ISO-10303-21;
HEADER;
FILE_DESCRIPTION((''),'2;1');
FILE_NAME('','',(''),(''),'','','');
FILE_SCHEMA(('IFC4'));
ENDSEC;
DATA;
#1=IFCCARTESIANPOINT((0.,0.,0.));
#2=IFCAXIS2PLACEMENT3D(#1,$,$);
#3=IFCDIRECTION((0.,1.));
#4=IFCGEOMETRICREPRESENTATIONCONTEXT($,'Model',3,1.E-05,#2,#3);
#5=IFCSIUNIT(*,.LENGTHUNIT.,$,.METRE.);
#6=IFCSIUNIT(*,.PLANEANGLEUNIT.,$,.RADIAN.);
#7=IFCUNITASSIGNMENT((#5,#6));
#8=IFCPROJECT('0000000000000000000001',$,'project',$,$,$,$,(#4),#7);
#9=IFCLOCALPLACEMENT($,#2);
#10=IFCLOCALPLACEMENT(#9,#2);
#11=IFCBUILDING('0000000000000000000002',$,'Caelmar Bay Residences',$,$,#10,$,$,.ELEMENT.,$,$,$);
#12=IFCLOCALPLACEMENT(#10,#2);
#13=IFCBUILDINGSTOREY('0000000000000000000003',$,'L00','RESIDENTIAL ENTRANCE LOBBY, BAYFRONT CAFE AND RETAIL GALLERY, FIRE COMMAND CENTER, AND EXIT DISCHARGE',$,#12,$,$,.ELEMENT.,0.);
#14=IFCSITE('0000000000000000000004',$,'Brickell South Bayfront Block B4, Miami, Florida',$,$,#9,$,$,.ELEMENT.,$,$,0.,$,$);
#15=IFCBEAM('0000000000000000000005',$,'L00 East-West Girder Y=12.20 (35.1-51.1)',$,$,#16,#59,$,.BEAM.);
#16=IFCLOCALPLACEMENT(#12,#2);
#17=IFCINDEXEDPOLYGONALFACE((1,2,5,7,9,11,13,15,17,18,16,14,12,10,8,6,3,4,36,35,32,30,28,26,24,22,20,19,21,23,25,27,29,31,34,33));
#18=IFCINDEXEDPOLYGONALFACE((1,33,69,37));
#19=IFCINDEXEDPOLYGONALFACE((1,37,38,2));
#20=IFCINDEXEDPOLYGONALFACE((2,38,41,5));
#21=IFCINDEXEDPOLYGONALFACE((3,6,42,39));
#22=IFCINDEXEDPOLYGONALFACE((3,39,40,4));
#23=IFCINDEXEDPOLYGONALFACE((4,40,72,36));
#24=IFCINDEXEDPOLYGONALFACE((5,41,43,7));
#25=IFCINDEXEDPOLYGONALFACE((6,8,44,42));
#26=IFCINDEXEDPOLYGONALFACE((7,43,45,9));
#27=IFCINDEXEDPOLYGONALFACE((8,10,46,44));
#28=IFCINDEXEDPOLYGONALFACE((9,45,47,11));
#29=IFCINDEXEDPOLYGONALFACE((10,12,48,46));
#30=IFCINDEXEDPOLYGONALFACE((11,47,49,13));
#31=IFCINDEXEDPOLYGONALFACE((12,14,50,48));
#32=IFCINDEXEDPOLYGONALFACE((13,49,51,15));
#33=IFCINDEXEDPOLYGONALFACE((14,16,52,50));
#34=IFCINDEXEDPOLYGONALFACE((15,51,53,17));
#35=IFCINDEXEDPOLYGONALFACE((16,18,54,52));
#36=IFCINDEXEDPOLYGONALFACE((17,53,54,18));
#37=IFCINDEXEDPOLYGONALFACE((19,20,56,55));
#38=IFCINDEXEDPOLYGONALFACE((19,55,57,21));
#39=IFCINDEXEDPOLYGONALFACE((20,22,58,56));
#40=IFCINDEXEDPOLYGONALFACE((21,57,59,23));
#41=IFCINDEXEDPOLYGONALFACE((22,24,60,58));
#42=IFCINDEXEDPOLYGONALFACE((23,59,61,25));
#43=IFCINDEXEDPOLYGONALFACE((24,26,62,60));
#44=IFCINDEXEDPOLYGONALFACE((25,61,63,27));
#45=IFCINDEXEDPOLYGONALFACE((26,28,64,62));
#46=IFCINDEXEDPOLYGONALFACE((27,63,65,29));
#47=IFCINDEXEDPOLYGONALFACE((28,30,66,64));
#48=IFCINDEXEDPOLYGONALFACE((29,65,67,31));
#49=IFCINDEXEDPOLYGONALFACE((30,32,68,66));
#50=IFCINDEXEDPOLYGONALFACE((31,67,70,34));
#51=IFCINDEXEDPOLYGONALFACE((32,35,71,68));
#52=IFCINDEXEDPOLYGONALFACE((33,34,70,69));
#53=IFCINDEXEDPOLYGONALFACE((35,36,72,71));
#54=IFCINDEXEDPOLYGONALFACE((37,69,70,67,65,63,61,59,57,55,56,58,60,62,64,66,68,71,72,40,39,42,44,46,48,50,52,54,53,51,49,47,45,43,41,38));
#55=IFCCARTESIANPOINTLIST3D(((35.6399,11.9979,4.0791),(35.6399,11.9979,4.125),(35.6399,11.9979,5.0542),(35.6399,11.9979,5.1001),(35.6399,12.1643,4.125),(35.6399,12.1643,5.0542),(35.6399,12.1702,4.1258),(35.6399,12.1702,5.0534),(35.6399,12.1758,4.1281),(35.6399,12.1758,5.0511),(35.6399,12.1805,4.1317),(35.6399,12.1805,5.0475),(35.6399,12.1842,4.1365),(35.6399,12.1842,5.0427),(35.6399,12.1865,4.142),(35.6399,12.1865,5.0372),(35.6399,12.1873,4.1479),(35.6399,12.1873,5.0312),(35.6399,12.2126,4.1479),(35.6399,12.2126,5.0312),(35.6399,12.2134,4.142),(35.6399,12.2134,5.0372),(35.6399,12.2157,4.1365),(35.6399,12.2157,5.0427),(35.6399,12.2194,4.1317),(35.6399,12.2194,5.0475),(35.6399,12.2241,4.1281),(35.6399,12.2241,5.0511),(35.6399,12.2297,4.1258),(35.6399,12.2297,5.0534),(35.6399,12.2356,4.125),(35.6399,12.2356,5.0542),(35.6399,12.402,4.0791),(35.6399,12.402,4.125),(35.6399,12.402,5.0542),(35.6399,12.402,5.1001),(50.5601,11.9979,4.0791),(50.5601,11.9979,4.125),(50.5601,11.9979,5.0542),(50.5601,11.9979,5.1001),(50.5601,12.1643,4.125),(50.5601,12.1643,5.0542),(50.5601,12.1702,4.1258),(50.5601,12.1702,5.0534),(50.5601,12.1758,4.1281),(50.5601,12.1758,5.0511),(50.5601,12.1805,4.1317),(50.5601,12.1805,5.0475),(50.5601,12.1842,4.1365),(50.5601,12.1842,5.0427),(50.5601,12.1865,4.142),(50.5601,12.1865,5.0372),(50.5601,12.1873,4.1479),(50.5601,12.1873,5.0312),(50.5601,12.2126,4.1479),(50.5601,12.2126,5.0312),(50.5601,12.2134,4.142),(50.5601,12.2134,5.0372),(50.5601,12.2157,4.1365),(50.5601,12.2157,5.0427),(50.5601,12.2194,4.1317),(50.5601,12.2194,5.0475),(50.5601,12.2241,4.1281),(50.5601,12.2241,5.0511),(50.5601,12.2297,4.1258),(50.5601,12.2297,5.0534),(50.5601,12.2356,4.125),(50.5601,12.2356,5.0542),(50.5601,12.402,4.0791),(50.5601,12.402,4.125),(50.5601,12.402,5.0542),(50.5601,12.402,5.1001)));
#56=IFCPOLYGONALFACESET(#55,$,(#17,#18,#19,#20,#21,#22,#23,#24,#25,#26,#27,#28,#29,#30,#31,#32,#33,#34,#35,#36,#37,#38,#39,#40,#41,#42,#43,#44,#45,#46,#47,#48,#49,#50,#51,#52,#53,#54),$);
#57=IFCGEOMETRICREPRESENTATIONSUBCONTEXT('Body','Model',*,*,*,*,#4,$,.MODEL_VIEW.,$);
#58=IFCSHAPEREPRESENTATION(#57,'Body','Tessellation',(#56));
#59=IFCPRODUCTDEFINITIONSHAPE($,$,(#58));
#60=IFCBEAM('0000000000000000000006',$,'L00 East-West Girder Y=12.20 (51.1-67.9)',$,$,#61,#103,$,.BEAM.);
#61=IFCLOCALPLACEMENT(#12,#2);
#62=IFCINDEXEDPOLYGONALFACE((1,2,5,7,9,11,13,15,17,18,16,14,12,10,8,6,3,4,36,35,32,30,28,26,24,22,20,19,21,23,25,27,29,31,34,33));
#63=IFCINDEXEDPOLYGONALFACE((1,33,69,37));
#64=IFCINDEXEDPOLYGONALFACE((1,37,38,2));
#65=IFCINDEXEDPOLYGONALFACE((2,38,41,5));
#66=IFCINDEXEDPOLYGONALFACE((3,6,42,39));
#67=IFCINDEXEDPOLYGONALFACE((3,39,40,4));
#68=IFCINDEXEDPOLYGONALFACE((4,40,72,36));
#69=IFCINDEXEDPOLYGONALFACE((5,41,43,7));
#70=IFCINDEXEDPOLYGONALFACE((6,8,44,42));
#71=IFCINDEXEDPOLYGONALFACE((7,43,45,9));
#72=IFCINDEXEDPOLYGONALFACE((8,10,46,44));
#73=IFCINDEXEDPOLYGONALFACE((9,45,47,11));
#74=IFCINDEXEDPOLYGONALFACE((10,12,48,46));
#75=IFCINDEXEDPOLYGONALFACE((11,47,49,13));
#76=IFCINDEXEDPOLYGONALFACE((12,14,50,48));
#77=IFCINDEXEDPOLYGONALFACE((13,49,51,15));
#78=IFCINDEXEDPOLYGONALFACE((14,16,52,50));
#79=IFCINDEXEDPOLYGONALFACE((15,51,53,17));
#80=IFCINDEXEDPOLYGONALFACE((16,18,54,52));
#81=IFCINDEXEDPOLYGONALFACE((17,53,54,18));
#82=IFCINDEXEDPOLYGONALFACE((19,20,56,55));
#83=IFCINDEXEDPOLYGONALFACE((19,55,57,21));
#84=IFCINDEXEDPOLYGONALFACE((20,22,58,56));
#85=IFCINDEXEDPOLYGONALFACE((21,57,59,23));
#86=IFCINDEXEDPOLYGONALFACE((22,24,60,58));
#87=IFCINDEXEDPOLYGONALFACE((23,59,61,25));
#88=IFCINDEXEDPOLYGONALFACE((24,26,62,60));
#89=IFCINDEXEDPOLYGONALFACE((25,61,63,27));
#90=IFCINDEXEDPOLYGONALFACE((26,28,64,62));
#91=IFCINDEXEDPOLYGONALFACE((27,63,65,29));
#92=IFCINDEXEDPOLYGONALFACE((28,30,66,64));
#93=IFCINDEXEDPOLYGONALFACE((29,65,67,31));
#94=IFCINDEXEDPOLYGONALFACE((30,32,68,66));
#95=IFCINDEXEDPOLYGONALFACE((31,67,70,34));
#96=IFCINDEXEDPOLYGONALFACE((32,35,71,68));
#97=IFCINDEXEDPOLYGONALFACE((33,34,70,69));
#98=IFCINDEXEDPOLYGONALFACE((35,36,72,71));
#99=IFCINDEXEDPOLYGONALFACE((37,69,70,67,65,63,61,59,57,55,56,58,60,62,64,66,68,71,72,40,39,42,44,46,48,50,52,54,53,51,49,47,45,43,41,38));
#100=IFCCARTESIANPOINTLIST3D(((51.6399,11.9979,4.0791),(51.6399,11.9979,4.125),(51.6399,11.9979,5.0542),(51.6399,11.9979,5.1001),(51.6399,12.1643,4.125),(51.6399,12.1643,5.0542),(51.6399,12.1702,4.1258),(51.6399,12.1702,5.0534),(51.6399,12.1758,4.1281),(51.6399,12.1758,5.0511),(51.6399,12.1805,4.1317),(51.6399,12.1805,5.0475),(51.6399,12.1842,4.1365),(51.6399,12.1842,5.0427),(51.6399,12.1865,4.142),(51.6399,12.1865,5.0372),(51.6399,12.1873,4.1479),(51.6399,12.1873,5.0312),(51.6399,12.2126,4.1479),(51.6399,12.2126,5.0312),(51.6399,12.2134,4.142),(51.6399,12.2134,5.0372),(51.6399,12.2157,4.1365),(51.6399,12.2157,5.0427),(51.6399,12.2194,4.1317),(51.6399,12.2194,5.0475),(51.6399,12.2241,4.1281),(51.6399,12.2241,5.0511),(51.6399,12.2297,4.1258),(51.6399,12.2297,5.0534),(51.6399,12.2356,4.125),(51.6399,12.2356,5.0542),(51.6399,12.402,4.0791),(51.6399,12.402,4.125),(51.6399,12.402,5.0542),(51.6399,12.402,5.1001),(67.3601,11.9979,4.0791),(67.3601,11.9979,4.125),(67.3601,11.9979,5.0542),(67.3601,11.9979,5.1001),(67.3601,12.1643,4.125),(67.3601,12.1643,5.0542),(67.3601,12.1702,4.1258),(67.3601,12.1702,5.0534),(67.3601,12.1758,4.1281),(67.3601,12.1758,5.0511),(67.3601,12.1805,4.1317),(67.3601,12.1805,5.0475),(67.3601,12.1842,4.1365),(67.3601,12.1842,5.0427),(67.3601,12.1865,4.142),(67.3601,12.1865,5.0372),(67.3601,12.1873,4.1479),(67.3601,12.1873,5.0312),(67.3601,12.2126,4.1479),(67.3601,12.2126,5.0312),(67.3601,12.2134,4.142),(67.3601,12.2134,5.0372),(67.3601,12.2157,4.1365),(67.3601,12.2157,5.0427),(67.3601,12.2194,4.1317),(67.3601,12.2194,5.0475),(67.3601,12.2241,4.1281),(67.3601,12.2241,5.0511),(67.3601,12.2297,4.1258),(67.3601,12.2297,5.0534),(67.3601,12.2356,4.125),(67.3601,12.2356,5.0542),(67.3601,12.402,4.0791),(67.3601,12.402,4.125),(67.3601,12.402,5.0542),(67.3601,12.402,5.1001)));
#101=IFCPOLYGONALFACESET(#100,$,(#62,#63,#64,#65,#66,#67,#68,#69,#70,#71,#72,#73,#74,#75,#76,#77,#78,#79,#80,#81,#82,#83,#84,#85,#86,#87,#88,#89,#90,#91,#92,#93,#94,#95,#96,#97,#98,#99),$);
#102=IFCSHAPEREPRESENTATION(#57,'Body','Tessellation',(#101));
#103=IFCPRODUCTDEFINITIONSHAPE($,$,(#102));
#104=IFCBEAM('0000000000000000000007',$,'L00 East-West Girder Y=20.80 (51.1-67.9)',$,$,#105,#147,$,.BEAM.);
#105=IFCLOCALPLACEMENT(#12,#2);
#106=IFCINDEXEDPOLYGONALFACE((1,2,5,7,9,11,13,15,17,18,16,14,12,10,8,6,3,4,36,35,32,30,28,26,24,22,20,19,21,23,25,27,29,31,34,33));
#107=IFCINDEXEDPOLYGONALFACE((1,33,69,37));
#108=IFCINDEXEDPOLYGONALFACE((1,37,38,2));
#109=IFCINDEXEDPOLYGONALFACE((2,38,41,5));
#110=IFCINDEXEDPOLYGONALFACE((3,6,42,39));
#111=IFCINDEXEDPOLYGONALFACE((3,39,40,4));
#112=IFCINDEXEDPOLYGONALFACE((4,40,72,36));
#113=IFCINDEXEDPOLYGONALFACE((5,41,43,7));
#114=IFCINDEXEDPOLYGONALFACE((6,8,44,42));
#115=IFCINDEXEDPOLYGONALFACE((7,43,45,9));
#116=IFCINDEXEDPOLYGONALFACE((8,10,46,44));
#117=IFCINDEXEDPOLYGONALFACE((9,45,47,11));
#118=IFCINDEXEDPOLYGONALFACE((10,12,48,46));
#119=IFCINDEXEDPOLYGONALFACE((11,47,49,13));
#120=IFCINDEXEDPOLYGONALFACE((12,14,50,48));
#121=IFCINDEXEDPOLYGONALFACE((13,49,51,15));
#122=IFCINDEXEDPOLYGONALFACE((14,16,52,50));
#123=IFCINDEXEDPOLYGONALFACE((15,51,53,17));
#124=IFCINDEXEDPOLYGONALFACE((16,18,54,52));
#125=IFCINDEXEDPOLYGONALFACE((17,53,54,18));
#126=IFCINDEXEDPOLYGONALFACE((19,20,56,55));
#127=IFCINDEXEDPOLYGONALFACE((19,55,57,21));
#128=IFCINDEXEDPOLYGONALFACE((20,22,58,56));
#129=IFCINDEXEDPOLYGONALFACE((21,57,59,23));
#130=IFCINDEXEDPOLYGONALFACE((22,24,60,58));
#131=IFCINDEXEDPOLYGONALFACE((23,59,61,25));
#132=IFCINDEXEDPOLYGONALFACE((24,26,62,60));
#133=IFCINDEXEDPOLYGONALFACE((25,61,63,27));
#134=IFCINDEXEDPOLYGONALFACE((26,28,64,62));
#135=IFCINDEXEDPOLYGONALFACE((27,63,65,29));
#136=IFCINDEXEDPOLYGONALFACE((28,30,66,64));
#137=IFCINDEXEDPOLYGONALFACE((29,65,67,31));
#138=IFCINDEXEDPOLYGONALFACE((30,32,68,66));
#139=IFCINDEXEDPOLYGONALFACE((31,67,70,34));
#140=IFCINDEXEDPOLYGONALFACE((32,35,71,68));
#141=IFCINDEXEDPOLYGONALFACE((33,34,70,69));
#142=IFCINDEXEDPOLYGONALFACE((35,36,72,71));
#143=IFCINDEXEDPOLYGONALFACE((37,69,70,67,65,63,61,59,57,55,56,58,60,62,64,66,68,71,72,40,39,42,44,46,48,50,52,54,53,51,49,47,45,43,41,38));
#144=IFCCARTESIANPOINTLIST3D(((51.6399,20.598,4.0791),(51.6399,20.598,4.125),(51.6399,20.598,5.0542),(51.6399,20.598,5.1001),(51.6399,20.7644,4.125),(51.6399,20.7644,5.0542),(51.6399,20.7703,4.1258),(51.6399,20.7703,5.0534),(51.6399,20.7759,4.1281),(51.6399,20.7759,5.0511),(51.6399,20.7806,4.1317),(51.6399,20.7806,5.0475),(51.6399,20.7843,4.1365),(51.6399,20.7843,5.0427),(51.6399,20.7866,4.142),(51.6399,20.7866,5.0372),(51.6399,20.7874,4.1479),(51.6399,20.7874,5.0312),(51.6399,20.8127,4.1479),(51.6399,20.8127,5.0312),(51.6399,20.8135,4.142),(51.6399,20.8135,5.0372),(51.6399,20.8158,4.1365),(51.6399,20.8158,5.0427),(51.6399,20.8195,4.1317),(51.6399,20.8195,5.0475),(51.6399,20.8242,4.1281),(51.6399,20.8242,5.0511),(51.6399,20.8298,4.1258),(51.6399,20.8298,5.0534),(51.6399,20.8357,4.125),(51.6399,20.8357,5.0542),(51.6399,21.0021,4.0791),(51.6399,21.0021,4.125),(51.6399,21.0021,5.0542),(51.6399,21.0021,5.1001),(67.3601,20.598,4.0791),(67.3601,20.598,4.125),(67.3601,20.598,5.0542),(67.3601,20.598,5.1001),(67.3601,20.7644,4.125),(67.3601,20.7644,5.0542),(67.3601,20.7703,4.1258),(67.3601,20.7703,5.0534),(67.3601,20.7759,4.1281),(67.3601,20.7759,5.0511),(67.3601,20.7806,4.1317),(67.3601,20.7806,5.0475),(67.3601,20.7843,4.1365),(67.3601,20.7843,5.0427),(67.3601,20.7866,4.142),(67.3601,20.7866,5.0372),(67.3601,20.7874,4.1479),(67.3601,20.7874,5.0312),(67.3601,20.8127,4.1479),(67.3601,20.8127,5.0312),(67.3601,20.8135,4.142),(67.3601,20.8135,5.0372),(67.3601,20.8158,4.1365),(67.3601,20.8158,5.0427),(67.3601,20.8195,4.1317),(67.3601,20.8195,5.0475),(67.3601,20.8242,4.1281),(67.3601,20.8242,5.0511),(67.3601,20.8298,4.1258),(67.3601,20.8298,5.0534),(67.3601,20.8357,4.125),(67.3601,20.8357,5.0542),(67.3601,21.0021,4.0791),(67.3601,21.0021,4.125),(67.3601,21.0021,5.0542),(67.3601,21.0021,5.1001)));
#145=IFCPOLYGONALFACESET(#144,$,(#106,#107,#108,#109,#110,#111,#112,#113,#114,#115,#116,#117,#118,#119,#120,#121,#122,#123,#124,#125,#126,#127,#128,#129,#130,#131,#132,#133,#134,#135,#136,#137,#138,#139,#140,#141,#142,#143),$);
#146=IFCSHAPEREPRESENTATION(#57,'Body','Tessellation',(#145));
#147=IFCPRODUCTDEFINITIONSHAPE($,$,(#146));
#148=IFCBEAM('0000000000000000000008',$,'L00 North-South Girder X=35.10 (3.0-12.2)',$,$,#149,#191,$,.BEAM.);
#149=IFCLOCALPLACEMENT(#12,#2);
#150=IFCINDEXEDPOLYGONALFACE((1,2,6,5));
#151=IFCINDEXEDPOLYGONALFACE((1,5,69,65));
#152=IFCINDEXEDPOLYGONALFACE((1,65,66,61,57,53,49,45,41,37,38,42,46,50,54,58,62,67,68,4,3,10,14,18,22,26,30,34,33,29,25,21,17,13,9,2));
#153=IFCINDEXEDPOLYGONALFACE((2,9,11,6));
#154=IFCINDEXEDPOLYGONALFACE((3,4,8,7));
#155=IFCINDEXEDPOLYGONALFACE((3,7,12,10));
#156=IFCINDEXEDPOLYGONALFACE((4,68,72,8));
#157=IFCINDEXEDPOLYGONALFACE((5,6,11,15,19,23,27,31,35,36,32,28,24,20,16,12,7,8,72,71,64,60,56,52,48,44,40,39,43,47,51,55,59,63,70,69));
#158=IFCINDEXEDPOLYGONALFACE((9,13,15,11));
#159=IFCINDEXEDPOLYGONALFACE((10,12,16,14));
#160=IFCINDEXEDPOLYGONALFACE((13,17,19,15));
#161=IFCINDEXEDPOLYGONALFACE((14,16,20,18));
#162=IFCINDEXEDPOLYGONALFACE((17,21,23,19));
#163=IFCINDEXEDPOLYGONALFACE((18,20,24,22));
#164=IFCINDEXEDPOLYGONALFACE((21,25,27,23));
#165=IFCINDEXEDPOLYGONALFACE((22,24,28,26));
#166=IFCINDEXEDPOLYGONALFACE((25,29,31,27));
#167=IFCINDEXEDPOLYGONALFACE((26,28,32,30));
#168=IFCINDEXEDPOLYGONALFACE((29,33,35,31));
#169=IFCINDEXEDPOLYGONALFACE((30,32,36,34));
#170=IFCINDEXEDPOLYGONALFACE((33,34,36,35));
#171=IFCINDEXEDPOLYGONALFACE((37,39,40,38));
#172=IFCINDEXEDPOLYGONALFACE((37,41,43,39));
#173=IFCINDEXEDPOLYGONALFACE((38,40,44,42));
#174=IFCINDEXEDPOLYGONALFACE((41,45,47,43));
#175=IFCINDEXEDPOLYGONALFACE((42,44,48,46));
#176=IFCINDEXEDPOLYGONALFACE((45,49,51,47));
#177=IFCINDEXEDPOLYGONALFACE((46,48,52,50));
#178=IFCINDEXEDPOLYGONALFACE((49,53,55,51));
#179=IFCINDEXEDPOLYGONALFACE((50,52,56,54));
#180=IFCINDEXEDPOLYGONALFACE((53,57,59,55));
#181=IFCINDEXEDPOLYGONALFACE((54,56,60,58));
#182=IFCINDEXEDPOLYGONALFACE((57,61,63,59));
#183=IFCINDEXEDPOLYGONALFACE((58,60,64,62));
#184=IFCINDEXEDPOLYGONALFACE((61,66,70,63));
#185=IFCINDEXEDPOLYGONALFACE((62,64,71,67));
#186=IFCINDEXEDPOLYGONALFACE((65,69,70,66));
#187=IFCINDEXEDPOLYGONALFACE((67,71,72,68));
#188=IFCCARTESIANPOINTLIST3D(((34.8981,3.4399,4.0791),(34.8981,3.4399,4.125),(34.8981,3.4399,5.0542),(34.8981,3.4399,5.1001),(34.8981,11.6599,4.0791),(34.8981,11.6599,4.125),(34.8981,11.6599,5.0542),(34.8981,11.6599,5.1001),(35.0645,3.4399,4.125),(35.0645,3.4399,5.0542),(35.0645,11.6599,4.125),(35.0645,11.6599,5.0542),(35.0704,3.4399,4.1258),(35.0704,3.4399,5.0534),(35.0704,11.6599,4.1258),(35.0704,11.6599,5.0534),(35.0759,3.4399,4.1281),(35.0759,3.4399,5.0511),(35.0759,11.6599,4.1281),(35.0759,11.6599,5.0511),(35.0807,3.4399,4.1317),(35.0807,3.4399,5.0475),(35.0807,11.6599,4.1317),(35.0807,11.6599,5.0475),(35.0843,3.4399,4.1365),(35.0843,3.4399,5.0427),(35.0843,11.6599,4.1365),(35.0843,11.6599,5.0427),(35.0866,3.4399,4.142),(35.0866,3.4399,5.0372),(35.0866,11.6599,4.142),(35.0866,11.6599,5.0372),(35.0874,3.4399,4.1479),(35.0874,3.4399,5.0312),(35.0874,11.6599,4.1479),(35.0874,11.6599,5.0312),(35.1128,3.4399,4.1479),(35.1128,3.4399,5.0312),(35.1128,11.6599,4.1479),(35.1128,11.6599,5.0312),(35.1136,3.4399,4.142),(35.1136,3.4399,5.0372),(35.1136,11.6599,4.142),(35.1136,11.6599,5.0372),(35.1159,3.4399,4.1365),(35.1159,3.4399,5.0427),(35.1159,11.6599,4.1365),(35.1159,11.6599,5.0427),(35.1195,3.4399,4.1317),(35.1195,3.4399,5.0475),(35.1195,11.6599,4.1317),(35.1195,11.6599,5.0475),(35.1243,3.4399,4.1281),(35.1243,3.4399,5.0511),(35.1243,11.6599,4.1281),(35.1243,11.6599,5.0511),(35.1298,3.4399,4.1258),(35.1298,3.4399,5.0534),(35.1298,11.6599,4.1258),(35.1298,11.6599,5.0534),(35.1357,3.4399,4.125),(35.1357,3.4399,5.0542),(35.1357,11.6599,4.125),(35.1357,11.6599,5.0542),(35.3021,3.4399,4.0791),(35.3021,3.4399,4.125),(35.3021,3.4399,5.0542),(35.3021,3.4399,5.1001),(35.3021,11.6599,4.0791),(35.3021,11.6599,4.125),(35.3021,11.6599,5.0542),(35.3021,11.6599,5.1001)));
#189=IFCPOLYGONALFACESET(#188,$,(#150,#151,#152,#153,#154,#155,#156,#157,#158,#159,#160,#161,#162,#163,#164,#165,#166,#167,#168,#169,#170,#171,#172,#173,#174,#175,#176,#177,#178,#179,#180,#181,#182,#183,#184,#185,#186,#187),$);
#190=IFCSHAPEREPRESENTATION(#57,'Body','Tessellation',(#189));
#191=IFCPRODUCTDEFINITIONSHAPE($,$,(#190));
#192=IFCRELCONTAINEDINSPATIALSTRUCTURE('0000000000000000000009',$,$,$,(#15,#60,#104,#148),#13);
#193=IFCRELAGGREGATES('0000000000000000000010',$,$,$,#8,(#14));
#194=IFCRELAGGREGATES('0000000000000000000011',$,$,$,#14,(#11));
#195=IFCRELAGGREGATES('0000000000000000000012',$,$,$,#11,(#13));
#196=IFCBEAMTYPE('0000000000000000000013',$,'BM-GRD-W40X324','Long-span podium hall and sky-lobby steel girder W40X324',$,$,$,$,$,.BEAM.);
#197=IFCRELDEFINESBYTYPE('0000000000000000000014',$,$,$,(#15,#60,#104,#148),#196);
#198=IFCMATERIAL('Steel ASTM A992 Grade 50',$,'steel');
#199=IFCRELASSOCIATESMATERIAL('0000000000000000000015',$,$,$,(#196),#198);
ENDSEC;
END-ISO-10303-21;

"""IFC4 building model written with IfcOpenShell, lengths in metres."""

from ifc_helpers import new_model, si_unit, direction, frame, origin, origin_2d, place, context, subcontext, project, spatial, i_section, extrude, material, material_profile, profile_set, type_object, element, save


model = new_model("IFC4")

# Units and contexts
model_context = context("Model", 3, precision=1e-05, world=origin(), true_north=direction((0.0, 1.0)))
body_context = subcontext(model_context, "Body", "Model", "MODEL_VIEW")
ifc_project = project(units=[si_unit("LENGTHUNIT", "METRE"), si_unit("PLANEANGLEUNIT", "RADIAN")], contexts=[model_context])

# Site, building, storey
site_placement = place(None, origin())
site = spatial("IfcSite", under=ifc_project, at=site_placement, Name="Brickell South Bayfront Block B4, Miami, Florida", CompositionType="ELEMENT", RefElevation=0.0)
building_placement = place(site_placement, origin())
building = spatial("IfcBuilding", under=site, at=building_placement, Name="Caelmar Bay Residences", CompositionType="ELEMENT")
storey_placement = place(building_placement, origin())
storey = spatial("IfcBuildingStorey", under=building, at=storey_placement, Name="L00", Description="RESIDENTIAL ENTRANCE LOBBY, BAYFRONT CAFE AND RETAIL GALLERY, FIRE COMMAND CENTER, AND EXIT DISCHARGE", CompositionType="ELEMENT", Elevation=0.0)

# Beams
ifc_material_1 = material(Name="Steel ASTM A992 Grade 50", Category="steel")
ifc_material_profile_1 = material_profile(ifc_material_1, i_section(OverallWidth=0.4041, OverallDepth=1.021, WebThickness=0.0254, FlangeThickness=0.0459, FilletRadius=0.0229, at=origin_2d()), Name="W40X324")
ifc_profile_set_1 = profile_set([ifc_material_profile_1], Name="Steel ASTM A992 Grade 50")
beam_type_1 = type_object("IfcBeamType", Name="BM-GRD-W40X324", Description="Long-span podium hall and sky-lobby steel girder W40X324", PredefinedType="BEAM", material=ifc_profile_set_1)
beam_1_placement = place(storey_placement, frame((35.6399, 12.2, 4.5896), z_axis=(1.0, 0.0, 0.0), x_axis=(0.0, 1.0, 0.0)))
element("IfcBeam", 1, at=beam_1_placement, inside=storey, type_object=beam_type_1, Name="L00 East-West Girder Y=12.20 (35.1-51.1)", PredefinedType="BEAM", context=body_context, shape_type="SweptSolid", body=[
    extrude(i_section(OverallWidth=0.4041, OverallDepth=1.021, WebThickness=0.0254, FlangeThickness=0.0459, FilletRadius=0.0229, at=origin_2d()), origin(), (0.0, 0.0, 1.0), 14.9202),
])
for number, where, z_axis, x_axis, name in (
    (2, (51.6399, 12.2, 4.5896), (1.0, 0.0, 0.0), (0.0, 1.0, 0.0), "L00 East-West Girder Y=12.20 (51.1-67.9)"),
    (3, (51.6399, 20.8, 4.5896), (1.0, 0.0, 0.0), (0.0, 1.0, 0.0), "L00 East-West Girder Y=20.80 (51.1-67.9)"),
):
    element("IfcBeam", number, at=place(storey_placement, frame(where, z_axis=z_axis, x_axis=x_axis)), inside=storey, type_object=beam_type_1, Name=name, PredefinedType="BEAM", context=body_context, shape_type="SweptSolid", body=[
        extrude(i_section(OverallWidth=0.4041, OverallDepth=1.021, WebThickness=0.0254, FlangeThickness=0.0459, FilletRadius=0.0229, at=origin_2d()), origin(), (0.0, 0.0, 1.0), 15.7202),
    ])
beam_2_placement = place(storey_placement, frame((35.1001, 3.4399, 4.5896), z_axis=(0.0, 1.0, 0.0), x_axis=(-1.0, 0.0, 0.0)))
element("IfcBeam", 4, at=beam_2_placement, inside=storey, type_object=beam_type_1, Name="L00 North-South Girder X=35.10 (3.0-12.2)", PredefinedType="BEAM", context=body_context, shape_type="SweptSolid", body=[
    extrude(i_section(OverallWidth=0.4041, OverallDepth=1.021, WebThickness=0.0254, FlangeThickness=0.0459, FilletRadius=0.0229, at=origin_2d()), origin(), (0.0, 0.0, 1.0), 8.22),
])

save(model, "model.ifc")
